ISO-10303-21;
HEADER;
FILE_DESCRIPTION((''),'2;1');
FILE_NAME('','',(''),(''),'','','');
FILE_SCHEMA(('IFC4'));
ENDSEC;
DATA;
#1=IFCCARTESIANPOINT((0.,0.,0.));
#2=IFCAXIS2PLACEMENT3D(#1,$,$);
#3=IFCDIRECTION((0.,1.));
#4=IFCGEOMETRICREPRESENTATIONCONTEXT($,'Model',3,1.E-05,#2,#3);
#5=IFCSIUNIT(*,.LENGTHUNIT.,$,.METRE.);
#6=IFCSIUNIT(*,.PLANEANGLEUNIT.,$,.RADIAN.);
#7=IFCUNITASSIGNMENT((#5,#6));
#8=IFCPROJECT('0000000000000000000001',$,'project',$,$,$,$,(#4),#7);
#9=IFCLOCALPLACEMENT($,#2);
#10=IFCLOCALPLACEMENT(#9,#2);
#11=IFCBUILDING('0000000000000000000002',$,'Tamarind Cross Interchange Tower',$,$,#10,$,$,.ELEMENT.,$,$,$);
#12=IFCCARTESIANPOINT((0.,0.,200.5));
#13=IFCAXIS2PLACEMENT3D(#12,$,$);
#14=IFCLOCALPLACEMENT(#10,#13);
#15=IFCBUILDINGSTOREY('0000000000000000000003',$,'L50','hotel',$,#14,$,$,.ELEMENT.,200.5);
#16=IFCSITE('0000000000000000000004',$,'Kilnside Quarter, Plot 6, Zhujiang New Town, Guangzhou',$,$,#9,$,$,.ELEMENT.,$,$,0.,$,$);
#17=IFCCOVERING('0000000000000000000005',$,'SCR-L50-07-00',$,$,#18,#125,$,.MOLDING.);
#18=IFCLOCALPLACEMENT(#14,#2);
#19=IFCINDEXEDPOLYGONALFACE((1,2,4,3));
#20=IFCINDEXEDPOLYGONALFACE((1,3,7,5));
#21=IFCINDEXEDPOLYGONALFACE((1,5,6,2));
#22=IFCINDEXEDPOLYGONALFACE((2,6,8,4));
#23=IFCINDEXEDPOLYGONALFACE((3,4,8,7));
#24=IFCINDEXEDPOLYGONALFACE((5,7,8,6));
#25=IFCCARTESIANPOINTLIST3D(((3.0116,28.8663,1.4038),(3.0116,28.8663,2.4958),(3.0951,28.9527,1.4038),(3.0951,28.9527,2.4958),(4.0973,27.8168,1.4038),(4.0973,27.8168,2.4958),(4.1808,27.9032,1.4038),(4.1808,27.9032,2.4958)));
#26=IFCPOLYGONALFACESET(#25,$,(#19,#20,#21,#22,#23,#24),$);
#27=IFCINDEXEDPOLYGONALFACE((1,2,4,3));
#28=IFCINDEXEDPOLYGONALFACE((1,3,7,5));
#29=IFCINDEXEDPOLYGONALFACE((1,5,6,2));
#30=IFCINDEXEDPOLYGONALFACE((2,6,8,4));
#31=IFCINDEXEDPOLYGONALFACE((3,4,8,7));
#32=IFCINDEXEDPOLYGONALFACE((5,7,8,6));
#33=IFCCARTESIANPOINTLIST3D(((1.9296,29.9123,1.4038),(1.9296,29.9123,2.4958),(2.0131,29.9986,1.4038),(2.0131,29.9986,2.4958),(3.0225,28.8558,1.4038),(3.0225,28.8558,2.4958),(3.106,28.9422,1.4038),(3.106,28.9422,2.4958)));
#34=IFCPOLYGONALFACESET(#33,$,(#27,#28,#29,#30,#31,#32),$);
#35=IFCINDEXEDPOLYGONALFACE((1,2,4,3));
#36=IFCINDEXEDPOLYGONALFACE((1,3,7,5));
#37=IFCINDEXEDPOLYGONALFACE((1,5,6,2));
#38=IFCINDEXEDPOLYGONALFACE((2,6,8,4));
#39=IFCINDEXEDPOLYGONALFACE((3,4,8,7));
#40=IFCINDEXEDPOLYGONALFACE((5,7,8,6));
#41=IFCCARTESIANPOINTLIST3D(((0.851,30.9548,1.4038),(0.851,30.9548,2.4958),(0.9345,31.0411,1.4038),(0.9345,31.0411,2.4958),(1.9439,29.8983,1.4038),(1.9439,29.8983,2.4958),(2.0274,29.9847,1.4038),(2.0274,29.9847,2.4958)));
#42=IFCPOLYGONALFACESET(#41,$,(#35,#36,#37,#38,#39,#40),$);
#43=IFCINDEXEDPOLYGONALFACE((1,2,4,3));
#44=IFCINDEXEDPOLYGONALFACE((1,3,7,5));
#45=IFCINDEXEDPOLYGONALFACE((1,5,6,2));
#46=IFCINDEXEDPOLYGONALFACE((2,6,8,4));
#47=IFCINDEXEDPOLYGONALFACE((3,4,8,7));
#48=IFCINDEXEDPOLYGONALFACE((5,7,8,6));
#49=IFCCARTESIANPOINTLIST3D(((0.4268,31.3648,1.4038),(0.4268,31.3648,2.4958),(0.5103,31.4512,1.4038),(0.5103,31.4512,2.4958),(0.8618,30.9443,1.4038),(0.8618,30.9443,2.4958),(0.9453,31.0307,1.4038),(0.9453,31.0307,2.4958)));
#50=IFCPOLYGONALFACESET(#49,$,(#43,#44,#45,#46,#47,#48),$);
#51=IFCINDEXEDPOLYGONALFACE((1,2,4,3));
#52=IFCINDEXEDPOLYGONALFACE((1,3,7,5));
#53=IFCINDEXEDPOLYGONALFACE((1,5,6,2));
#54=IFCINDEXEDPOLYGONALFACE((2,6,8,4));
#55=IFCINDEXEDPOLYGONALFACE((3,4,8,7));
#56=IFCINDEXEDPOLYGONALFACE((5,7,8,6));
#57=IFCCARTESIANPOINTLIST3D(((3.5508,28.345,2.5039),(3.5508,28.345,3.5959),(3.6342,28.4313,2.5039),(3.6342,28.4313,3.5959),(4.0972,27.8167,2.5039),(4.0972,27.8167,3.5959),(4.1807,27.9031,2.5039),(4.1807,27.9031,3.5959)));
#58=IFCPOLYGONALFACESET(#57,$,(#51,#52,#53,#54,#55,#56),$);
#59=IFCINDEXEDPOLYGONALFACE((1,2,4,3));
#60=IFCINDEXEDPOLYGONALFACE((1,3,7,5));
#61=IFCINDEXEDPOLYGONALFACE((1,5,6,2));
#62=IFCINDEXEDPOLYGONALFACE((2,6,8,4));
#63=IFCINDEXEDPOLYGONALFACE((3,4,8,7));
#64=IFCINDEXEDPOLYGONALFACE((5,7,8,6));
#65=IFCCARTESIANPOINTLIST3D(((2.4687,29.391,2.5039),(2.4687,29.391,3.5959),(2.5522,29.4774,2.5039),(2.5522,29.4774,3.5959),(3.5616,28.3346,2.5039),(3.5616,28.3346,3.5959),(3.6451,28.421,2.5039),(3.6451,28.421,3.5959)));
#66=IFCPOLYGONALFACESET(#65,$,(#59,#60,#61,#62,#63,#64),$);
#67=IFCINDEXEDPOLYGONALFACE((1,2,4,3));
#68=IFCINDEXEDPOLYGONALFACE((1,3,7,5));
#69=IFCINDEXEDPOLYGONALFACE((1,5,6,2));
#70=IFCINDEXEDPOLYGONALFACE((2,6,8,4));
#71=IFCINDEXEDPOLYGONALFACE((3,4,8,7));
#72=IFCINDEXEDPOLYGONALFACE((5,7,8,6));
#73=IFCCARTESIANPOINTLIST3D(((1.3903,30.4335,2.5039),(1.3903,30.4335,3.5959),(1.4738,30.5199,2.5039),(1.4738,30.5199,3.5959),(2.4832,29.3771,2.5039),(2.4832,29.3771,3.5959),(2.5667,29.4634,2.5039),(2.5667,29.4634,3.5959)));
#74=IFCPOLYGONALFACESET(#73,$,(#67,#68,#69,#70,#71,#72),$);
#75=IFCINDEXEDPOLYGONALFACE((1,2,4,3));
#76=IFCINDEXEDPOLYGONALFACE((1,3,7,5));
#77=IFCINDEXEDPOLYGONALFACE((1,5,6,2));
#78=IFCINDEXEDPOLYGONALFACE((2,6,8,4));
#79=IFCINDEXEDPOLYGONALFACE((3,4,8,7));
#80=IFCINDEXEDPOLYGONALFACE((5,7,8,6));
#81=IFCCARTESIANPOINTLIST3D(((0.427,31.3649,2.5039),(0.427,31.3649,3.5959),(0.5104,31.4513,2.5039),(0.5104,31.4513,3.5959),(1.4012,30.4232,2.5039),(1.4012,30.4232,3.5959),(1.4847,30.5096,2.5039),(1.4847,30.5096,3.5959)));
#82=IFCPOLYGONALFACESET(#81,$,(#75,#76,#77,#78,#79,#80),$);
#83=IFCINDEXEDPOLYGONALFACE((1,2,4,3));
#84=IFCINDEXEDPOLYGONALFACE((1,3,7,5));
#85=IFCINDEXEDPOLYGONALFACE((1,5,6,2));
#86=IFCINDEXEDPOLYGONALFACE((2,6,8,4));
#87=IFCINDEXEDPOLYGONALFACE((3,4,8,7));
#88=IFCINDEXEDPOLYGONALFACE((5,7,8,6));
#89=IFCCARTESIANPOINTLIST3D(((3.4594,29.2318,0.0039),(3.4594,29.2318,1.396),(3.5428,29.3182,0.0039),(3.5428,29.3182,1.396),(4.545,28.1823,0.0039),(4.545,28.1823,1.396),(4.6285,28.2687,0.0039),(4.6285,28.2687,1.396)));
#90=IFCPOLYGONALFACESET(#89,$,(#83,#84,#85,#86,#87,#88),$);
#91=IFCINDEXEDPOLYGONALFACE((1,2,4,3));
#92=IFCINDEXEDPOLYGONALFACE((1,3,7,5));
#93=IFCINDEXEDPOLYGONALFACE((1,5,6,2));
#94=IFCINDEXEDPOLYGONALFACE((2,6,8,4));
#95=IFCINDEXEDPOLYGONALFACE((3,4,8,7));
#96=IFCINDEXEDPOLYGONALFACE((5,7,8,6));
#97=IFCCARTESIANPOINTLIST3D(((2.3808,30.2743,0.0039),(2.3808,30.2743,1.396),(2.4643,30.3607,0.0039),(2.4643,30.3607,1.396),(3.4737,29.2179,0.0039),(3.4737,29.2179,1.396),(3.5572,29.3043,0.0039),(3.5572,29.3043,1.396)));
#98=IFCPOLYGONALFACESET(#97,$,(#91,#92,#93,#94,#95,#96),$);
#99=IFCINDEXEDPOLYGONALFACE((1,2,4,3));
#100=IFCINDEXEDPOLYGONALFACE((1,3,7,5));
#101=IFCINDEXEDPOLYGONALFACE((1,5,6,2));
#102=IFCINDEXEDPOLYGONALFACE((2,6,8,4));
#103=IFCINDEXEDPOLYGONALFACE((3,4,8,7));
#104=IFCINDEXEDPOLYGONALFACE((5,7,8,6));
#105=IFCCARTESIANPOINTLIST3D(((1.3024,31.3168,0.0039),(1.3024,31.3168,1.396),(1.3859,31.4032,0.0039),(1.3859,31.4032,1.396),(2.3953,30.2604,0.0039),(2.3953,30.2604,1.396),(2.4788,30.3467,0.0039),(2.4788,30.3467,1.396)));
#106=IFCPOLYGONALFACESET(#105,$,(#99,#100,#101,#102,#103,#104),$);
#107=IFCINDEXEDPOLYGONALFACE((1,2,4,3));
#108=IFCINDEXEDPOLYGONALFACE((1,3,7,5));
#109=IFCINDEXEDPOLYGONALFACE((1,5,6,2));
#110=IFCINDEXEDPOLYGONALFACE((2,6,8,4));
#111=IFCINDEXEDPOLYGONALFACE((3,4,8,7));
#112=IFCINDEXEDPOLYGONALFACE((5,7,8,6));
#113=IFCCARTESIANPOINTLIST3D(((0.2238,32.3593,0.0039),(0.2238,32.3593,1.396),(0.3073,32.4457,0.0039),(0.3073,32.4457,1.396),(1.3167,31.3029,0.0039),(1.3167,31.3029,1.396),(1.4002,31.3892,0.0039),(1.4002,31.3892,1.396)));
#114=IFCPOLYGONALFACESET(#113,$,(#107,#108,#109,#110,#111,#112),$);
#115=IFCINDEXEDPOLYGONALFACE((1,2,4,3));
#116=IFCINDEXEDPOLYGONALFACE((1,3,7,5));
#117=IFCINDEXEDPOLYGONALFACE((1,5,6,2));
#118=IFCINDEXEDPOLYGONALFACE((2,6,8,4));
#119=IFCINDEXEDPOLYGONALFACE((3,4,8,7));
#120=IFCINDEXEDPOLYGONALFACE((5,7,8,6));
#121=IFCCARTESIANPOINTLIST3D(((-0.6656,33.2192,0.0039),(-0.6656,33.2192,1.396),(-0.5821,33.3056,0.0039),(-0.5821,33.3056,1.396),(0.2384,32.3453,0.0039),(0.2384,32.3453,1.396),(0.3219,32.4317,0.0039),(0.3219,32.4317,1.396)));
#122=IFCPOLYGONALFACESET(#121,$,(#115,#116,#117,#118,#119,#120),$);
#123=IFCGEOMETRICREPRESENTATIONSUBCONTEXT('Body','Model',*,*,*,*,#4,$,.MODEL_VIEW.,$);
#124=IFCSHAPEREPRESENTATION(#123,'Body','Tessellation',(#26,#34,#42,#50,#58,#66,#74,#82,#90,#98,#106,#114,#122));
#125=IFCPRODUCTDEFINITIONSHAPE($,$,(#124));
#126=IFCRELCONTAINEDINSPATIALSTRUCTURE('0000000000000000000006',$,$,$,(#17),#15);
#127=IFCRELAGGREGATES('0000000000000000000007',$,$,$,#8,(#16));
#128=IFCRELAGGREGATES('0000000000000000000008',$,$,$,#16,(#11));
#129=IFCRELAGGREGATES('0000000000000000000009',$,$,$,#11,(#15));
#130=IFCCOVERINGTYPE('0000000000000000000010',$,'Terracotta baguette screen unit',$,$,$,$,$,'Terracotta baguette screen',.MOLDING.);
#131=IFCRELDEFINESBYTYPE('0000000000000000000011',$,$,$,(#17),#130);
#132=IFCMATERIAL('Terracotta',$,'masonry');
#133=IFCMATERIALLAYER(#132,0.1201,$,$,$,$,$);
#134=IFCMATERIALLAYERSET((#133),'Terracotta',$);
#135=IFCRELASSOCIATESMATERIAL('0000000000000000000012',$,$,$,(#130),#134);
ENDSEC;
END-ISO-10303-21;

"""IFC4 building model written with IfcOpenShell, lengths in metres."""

from ifc_helpers import new_model, si_unit, direction, frame, origin, origin_2d, place, context, subcontext, project, spatial, rectangle, extrude, material, layer, layer_set, type_object, element, save


model = new_model("IFC4")

# Units and contexts
model_context = context("Model", 3, precision=1e-05, world=origin(), true_north=direction((0.0, 1.0)))
body_context = subcontext(model_context, "Body", "Model", "MODEL_VIEW")
ifc_project = project(units=[si_unit("LENGTHUNIT", "METRE"), si_unit("PLANEANGLEUNIT", "RADIAN")], contexts=[model_context])

# Site, building, storey
site_placement = place(None, origin())
site = spatial("IfcSite", under=ifc_project, at=site_placement, Name="Kilnside Quarter, Plot 6, Zhujiang New Town, Guangzhou", CompositionType="ELEMENT", RefElevation=0.0)
building_placement = place(site_placement, origin())
building = spatial("IfcBuilding", under=site, at=building_placement, Name="Tamarind Cross Interchange Tower", CompositionType="ELEMENT")
storey_placement = place(building_placement, frame((0.0, 0.0, 200.5)))
storey = spatial("IfcBuildingStorey", under=building, at=storey_placement, Name="L50", Description="hotel", CompositionType="ELEMENT", Elevation=200.5)

# Covering
ifc_material_1 = material(Name="Terracotta", Category="masonry")
ifc_layer_1 = layer(ifc_material_1, 0.1201)
ifc_layer_set_1 = layer_set([ifc_layer_1], Name="Terracotta")
covering_type = type_object("IfcCoveringType", Name="Terracotta baguette screen unit", ElementType="Terracotta baguette screen", PredefinedType="MOLDING", material=ifc_layer_set_1)
covering_1_placement = place(storey_placement, origin())
element("IfcCovering", 1, at=covering_1_placement, inside=storey, type_object=covering_type, Name="SCR-L50-07-00", PredefinedType="MOLDING", context=body_context, shape_type="SweptSolid", body=[
    extrude(rectangle(XDim=1.51, YDim=0.1201, at=origin_2d()), frame((3.5962, 28.3848, 1.4038), z_axis=(0.0, 0.0, 1.0), x_axis=(-0.718991, 0.69502, 0.0)), (0.0, 0.0, 1.0), 1.092),
    extrude(rectangle(XDim=1.52, YDim=0.1201, at=origin_2d()), frame((2.5178, 29.4272, 1.4038), z_axis=(0.0, 0.0, 1.0), x_axis=(-0.718991, 0.69502, 0.0)), (0.0, 0.0, 1.0), 1.092),
    extrude(rectangle(XDim=1.52, YDim=0.1201, at=origin_2d()), frame((1.4392, 30.4697, 1.4038), z_axis=(0.0, 0.0, 1.0), x_axis=(-0.718991, 0.69502, 0.0)), (0.0, 0.0, 1.0), 1.092),
    extrude(rectangle(XDim=0.605, YDim=0.1201, at=origin_2d()), frame((0.686, 31.1978, 1.4038), z_axis=(0.0, 0.0, 1.0), x_axis=(-0.718991, 0.69502, 0.0)), (0.0, 0.0, 1.0), 1.092),
    extrude(rectangle(XDim=0.76, YDim=0.1201, at=origin_2d()), frame((3.8657, 28.124, 2.5039), z_axis=(0.0, 0.0, 1.0), x_axis=(-0.718991, 0.69502, 0.0)), (0.0, 0.0, 1.0), 1.092),
    extrude(rectangle(XDim=1.52, YDim=0.1201, at=origin_2d()), frame((3.0569, 28.906, 2.5039), z_axis=(0.0, 0.0, 1.0), x_axis=(-0.718991, 0.69502, 0.0)), (0.0, 0.0, 1.0), 1.092),
    extrude(rectangle(XDim=1.52, YDim=0.1201, at=origin_2d()), frame((1.9785, 29.9485, 2.5039), z_axis=(0.0, 0.0, 1.0), x_axis=(-0.718991, 0.69502, 0.0)), (0.0, 0.0, 1.0), 1.092),
    extrude(rectangle(XDim=1.355, YDim=0.1201, at=origin_2d()), frame((0.9558, 30.9373, 2.5039), z_axis=(0.0, 0.0, 1.0), x_axis=(-0.718991, 0.69502, 0.0)), (0.0, 0.0, 1.0), 1.092),
    extrude(rectangle(XDim=1.51, YDim=0.1201, at=origin_2d()), frame((4.0439, 28.7502, 0.0039), z_axis=(0.0, 0.0, 1.0), x_axis=(-0.718991, 0.69502, 0.0)), (0.0, 0.0, 1.0), 1.3921),
    extrude(rectangle(XDim=1.52, YDim=0.1201, at=origin_2d()), frame((2.969, 29.7893, 0.0039), z_axis=(0.0, 0.0, 1.0), x_axis=(-0.718991, 0.69502, 0.0)), (0.0, 0.0, 1.0), 1.3921),
    extrude(rectangle(XDim=1.52, YDim=0.1201, at=origin_2d()), frame((1.8906, 30.8318, 0.0039), z_axis=(0.0, 0.0, 1.0), x_axis=(-0.718991, 0.69502, 0.0)), (0.0, 0.0, 1.0), 1.3921),
    extrude(rectangle(XDim=1.52, YDim=0.1201, at=origin_2d()), frame((0.812, 31.8743, 0.0039), z_axis=(0.0, 0.0, 1.0), x_axis=(-0.718991, 0.69502, 0.0)), (0.0, 0.0, 1.0), 1.3921),
    extrude(rectangle(XDim=1.2573, YDim=0.1201, at=origin_2d()), frame((-0.1719, 32.8254, 0.0039), z_axis=(0.0, 0.0, 1.0), x_axis=(-0.718991, 0.69502, 0.0)), (0.0, 0.0, 1.0), 1.3921),
])

save(model, "model.ifc")
